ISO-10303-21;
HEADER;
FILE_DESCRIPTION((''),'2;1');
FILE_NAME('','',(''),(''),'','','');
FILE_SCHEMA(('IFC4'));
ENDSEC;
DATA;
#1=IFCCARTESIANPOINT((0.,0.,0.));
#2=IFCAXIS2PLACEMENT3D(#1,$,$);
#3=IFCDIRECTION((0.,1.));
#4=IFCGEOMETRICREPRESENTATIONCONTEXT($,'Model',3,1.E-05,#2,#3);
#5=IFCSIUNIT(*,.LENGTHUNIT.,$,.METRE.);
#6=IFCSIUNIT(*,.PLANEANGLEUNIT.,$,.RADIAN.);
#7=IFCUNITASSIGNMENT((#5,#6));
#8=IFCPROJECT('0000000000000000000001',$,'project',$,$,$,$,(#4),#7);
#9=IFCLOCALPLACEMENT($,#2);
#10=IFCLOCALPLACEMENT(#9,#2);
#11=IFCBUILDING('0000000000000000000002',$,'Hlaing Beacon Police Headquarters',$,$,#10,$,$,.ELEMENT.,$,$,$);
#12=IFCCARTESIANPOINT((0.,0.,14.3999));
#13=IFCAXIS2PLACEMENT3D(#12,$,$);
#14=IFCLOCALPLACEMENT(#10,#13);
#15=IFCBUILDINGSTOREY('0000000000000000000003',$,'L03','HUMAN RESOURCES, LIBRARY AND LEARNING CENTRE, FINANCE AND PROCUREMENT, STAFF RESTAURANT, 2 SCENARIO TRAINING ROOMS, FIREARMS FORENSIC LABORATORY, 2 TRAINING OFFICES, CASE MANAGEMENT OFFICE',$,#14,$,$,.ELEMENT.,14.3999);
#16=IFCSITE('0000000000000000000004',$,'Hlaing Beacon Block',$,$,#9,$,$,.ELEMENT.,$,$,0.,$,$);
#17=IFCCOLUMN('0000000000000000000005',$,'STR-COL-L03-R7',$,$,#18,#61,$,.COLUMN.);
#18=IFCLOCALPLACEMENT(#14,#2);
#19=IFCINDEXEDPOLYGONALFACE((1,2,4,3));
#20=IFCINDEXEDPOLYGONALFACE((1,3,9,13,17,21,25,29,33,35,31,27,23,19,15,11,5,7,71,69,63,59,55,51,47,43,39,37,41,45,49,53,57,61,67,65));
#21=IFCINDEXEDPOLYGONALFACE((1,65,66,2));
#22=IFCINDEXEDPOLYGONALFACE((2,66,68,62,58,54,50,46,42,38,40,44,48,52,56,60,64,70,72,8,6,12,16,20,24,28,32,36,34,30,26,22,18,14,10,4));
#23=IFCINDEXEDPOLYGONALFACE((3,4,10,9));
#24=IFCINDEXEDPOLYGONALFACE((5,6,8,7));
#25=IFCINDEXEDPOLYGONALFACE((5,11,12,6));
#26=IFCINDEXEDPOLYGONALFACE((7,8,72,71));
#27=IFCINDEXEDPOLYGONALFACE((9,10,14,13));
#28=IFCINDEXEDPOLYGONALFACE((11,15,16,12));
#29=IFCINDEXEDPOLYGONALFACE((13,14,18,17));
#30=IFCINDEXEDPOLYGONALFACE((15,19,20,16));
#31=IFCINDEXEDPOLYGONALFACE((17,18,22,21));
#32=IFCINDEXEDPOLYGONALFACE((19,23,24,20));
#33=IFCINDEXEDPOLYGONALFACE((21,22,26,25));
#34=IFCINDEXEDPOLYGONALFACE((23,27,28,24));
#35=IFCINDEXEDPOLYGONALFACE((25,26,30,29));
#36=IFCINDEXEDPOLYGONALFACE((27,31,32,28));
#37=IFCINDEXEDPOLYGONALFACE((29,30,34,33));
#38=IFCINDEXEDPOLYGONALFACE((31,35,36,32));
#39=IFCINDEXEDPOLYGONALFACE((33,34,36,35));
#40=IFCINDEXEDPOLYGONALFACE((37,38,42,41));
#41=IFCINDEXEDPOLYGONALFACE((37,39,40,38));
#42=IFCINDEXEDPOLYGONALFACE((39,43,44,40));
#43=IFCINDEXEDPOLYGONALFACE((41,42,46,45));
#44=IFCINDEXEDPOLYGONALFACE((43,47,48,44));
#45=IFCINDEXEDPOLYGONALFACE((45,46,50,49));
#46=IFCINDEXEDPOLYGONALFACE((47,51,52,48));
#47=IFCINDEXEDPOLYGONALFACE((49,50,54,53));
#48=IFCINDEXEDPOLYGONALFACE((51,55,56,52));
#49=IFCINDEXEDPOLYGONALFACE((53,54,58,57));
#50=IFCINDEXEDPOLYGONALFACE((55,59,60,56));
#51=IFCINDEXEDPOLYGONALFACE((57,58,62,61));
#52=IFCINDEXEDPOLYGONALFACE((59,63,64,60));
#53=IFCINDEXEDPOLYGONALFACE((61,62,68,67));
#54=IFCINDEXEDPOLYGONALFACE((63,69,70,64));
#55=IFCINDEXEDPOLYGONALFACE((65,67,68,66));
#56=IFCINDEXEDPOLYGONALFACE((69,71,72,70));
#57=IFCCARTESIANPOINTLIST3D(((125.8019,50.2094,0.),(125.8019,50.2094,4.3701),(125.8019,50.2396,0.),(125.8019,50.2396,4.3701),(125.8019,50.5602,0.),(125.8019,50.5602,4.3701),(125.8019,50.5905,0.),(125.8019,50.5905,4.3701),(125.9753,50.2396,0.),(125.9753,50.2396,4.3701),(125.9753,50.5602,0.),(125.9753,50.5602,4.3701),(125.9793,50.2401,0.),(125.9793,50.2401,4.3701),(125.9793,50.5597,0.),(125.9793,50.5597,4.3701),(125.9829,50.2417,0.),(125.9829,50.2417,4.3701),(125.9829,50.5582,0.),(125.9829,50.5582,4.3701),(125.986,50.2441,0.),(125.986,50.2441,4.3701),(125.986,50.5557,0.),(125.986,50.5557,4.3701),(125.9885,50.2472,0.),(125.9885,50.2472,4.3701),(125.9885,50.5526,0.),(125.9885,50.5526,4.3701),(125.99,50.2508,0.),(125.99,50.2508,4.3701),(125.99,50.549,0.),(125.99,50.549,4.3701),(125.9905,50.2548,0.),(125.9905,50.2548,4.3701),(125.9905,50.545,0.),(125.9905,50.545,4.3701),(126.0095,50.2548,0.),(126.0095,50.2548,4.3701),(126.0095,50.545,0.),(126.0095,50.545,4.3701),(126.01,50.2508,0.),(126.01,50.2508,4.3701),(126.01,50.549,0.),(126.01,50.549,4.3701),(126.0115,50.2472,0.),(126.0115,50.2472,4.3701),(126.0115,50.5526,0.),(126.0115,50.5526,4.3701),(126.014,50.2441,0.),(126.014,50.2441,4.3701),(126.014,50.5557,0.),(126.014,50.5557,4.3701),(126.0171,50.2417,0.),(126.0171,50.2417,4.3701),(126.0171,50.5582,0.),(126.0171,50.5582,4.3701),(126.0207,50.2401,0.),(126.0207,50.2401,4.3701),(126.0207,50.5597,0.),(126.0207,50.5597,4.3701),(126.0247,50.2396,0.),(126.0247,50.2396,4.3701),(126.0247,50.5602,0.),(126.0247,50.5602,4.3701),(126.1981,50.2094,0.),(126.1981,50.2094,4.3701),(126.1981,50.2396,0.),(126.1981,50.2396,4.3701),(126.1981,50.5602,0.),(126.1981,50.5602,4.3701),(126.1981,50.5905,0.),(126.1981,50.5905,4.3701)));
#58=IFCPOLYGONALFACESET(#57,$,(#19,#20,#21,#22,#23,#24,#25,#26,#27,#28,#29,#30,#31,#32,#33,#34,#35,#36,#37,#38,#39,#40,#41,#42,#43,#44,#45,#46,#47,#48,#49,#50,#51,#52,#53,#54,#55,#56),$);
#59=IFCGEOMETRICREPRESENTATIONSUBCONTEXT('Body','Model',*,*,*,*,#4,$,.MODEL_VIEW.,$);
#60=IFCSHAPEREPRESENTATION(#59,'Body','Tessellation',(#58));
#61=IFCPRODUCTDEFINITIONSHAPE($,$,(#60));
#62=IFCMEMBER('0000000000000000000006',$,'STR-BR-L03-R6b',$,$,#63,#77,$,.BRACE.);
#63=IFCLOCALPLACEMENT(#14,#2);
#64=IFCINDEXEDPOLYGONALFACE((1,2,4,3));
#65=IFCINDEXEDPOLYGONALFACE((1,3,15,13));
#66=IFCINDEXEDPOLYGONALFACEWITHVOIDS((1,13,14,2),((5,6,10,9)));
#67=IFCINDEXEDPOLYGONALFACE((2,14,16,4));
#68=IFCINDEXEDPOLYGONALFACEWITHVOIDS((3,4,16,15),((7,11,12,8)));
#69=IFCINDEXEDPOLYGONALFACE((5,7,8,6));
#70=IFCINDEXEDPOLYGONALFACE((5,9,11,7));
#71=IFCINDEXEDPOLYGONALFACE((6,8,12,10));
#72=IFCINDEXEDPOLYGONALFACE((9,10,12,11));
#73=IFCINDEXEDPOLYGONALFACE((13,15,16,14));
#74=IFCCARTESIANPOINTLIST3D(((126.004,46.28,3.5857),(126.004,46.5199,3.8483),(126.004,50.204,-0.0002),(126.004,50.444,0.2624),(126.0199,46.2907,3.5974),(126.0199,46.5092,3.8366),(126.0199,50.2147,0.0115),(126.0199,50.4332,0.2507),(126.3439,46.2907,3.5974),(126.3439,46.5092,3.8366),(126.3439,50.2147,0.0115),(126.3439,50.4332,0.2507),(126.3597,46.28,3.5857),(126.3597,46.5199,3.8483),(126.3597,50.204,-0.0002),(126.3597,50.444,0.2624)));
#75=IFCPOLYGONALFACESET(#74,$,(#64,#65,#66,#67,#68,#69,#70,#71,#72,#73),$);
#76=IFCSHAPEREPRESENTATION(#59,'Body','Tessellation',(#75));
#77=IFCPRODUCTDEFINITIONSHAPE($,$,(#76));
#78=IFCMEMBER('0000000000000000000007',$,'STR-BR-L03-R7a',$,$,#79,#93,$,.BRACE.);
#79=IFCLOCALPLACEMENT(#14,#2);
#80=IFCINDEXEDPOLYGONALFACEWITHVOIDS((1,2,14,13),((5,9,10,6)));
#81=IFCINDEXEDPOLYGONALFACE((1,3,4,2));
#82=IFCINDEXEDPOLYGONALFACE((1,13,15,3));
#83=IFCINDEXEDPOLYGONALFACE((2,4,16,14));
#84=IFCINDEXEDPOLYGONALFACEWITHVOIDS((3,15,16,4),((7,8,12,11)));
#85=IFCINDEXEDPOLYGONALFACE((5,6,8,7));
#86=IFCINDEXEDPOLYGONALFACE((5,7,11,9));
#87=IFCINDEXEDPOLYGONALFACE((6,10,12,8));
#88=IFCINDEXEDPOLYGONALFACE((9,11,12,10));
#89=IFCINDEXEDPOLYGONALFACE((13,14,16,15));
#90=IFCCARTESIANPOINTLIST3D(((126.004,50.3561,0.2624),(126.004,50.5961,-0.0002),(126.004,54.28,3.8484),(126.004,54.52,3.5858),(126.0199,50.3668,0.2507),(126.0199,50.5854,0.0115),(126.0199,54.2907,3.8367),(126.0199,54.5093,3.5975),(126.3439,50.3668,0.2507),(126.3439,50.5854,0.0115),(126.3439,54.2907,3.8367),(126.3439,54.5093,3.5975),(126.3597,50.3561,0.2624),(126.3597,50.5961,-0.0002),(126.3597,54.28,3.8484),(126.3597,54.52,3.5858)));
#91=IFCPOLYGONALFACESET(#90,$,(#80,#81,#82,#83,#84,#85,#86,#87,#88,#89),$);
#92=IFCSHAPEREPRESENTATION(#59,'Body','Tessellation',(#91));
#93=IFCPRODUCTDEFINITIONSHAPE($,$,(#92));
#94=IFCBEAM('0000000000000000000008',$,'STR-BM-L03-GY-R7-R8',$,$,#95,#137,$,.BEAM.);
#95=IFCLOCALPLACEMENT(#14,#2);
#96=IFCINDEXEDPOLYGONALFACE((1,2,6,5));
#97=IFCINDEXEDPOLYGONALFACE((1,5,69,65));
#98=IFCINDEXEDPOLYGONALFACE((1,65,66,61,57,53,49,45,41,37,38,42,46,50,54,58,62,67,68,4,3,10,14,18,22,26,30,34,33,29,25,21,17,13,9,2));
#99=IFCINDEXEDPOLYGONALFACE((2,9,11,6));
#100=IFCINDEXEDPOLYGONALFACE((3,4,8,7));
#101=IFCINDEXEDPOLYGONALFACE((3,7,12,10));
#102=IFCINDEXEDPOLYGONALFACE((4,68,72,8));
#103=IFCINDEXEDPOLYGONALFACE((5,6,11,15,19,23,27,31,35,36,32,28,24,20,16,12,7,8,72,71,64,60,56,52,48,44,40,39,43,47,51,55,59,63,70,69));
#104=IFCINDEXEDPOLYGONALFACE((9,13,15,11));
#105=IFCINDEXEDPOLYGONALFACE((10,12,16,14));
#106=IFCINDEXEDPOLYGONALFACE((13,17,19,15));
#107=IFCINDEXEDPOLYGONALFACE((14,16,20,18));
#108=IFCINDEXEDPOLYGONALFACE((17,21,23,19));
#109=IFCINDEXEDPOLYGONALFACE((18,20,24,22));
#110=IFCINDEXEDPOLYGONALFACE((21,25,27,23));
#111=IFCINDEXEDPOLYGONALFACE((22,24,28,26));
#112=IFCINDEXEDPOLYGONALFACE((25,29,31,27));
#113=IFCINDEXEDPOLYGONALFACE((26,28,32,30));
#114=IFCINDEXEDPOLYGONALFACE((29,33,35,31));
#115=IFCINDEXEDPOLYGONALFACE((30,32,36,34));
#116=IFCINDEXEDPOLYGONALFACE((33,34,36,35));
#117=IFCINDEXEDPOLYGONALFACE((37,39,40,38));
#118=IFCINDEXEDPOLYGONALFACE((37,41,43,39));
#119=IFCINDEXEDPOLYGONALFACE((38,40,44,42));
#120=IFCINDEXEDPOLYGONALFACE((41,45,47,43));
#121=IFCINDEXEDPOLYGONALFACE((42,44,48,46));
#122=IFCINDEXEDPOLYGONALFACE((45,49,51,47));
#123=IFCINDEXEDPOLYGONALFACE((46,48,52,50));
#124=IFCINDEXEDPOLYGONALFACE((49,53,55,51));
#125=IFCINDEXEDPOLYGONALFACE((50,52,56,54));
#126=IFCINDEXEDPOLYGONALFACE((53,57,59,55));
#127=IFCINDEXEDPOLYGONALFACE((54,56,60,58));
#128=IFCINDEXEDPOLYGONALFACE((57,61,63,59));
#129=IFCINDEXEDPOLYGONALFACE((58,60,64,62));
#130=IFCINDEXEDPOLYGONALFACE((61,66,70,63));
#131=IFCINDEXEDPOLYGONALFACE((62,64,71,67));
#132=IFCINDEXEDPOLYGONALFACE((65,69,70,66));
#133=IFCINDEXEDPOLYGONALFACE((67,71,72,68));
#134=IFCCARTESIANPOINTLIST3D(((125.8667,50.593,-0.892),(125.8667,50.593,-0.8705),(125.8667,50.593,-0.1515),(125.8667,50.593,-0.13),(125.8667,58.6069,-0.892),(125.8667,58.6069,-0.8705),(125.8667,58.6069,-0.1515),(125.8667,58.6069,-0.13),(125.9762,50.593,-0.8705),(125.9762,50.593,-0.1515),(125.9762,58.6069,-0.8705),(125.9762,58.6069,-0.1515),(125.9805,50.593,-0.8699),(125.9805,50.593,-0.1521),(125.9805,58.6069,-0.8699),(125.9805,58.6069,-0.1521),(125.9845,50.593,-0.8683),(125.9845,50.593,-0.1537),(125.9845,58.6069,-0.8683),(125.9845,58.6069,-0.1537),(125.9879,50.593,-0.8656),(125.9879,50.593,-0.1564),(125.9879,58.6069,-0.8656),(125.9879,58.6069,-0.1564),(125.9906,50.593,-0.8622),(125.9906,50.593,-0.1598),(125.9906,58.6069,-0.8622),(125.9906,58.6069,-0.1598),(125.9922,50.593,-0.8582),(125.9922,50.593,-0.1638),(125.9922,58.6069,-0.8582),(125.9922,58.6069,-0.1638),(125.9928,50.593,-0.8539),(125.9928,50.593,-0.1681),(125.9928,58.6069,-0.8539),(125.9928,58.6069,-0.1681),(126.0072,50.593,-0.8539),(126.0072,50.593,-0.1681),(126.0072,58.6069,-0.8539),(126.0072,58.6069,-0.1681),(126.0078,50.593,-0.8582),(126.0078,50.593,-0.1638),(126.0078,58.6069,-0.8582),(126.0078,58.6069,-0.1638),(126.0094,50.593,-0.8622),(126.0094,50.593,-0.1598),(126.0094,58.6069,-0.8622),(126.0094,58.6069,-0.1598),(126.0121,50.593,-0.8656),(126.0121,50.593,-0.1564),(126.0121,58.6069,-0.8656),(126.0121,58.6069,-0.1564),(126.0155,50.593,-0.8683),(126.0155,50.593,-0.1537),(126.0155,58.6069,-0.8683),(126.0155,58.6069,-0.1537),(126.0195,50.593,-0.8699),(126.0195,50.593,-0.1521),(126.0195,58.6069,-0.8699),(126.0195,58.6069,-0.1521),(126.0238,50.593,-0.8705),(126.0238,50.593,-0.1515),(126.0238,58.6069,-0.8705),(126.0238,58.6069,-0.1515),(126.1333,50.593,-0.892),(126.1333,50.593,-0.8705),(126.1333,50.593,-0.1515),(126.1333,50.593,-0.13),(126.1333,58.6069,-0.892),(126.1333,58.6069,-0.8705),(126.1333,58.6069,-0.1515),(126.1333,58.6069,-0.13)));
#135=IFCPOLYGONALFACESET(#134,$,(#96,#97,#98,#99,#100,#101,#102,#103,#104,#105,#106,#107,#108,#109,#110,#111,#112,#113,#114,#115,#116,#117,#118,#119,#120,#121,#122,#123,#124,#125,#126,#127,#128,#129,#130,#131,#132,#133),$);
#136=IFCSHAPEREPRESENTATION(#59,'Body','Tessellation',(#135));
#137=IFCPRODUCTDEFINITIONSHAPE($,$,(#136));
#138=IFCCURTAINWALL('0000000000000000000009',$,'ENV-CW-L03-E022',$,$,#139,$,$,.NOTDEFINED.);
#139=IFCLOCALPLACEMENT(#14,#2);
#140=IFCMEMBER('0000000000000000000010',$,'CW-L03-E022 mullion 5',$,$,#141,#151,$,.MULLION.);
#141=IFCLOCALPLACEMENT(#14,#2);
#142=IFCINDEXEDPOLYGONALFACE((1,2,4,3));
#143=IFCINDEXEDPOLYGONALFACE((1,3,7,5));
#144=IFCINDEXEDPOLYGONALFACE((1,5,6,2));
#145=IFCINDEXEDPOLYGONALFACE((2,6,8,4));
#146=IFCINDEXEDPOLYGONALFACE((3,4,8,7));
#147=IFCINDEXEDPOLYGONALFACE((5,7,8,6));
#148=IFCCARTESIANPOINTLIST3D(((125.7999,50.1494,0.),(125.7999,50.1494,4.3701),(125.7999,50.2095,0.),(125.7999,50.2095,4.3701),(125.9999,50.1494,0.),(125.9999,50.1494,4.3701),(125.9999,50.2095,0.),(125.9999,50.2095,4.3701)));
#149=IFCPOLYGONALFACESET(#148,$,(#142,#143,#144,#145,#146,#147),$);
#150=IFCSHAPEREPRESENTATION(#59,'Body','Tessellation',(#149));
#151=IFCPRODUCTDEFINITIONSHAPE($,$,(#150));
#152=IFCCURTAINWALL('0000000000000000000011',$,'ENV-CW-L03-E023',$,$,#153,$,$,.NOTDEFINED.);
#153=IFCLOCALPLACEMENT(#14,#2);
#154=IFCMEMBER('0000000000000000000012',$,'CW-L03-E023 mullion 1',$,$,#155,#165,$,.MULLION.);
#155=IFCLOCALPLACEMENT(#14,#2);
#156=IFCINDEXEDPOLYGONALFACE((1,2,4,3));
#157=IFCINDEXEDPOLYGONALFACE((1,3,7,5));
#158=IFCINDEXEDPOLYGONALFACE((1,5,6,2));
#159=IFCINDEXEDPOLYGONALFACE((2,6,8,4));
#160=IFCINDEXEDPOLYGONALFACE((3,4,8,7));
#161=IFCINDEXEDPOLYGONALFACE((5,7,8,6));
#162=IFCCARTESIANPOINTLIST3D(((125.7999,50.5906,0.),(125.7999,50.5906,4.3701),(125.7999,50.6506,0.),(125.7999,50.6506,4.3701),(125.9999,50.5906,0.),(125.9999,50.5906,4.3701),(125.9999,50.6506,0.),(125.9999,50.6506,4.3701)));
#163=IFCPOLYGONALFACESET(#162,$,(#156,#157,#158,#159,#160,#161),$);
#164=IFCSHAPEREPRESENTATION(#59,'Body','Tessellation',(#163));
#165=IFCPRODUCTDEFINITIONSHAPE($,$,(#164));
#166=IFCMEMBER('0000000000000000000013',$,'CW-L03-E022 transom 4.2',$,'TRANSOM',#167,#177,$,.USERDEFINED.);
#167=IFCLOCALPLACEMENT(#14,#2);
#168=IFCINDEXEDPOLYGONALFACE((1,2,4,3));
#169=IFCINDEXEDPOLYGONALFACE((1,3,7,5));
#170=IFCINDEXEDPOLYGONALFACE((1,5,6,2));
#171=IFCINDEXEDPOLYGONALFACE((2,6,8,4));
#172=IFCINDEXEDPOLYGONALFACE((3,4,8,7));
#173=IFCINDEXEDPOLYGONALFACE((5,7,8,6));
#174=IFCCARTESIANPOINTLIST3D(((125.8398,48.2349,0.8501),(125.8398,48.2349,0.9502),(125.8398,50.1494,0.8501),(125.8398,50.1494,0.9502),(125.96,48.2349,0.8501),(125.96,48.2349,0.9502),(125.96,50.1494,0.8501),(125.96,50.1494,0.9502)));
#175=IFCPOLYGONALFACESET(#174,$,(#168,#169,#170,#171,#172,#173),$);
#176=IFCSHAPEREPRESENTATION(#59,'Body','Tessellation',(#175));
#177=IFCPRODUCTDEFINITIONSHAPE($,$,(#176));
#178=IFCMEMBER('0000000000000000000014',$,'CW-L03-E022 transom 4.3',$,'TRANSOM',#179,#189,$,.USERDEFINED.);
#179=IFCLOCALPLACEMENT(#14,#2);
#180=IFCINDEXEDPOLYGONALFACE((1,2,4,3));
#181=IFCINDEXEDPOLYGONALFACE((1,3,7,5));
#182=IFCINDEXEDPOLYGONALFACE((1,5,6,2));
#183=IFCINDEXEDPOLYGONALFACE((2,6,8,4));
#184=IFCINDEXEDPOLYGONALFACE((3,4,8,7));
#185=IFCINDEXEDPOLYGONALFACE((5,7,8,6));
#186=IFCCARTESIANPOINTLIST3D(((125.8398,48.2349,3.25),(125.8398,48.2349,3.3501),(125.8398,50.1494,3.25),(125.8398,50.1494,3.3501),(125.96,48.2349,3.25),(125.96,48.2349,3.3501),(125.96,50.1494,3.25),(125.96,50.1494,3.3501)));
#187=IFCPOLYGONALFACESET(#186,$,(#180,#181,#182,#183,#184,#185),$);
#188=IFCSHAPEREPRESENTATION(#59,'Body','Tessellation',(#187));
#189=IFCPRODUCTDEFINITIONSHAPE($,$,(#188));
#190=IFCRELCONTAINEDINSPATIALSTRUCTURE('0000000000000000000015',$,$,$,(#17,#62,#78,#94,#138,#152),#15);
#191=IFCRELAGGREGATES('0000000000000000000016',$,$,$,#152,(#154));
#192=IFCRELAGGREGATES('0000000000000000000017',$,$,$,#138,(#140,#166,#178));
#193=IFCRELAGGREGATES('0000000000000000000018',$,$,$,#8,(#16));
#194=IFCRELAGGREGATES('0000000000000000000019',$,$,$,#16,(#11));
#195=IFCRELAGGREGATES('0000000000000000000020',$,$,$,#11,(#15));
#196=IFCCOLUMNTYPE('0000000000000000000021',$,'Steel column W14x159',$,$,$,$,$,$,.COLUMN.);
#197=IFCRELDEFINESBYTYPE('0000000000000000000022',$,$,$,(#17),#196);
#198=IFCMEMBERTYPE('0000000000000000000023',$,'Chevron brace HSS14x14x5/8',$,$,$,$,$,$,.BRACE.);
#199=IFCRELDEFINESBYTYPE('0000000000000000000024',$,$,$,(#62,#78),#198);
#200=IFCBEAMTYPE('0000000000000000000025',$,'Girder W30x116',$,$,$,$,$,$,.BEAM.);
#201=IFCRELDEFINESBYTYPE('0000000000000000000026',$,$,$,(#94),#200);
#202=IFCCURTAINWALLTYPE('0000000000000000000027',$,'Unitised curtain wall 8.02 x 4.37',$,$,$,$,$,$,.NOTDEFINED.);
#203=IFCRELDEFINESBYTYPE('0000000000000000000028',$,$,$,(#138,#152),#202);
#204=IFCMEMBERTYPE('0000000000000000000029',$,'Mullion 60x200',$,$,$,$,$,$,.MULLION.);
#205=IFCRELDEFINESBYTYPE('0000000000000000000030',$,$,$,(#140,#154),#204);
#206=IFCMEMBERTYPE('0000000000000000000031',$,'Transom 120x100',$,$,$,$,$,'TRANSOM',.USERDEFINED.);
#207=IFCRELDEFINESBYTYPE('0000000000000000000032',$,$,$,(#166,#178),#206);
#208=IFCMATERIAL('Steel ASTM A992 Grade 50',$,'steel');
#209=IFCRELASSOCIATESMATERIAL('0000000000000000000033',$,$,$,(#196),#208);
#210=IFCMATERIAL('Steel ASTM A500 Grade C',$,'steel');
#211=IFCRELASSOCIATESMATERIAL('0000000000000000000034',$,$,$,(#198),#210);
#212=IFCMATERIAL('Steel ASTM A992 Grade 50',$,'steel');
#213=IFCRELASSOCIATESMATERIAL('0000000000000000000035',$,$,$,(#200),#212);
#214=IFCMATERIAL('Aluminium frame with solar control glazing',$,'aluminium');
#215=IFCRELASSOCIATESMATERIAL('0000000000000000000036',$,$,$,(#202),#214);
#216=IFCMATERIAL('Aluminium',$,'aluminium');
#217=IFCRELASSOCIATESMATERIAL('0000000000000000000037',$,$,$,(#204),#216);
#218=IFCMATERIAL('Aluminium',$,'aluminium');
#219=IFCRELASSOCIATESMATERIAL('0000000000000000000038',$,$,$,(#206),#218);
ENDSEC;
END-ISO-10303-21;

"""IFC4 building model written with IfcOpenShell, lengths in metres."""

from ifc_helpers import new_model, si_unit, direction, frame, origin, origin_2d, place, context, subcontext, project, spatial, rectangle, hollow_rectangle, i_section, extrude, material, material_profile, profile_set, type_object, element, aggregate, save


model = new_model("IFC4")

# Units and contexts
model_context = context("Model", 3, precision=1e-05, world=origin(), true_north=direction((0.0, 1.0)))
body_context = subcontext(model_context, "Body", "Model", "MODEL_VIEW")
ifc_project = project(units=[si_unit("LENGTHUNIT", "METRE"), si_unit("PLANEANGLEUNIT", "RADIAN")], contexts=[model_context])

# Site, building, storey
site_placement = place(None, origin())
site = spatial("IfcSite", under=ifc_project, at=site_placement, Name="Hlaing Beacon Block", CompositionType="ELEMENT", RefElevation=0.0)
building_placement = place(site_placement, origin())
building = spatial("IfcBuilding", under=site, at=building_placement, Name="Hlaing Beacon Police Headquarters", CompositionType="ELEMENT")
storey_placement = place(building_placement, frame((0.0, 0.0, 14.3999)))
storey = spatial("IfcBuildingStorey", under=building, at=storey_placement, Name="L03", Description="HUMAN RESOURCES, LIBRARY AND LEARNING CENTRE, FINANCE AND PROCUREMENT, STAFF RESTAURANT, 2 SCENARIO TRAINING ROOMS, FIREARMS FORENSIC LABORATORY, 2 TRAINING OFFICES, CASE MANAGEMENT OFFICE", CompositionType="ELEMENT", Elevation=14.3999)

# Column
ifc_material_1 = material(Name="Steel ASTM A992 Grade 50", Category="steel")
ifc_material_profile_1 = material_profile(ifc_material_1, i_section(OverallWidth=0.3962, OverallDepth=0.3811, WebThickness=0.019, FlangeThickness=0.0303, FilletRadius=0.0151, at=origin_2d()), Name="W14x159")
ifc_profile_set_1 = profile_set([ifc_material_profile_1], Name="Steel ASTM A992 Grade 50")
column_type = type_object("IfcColumnType", Name="Steel column W14x159", PredefinedType="COLUMN", material=ifc_profile_set_1)
column_placement = place(storey_placement, frame((126.0, 50.3999, 0.0), z_axis=(0.0, 0.0, 1.0), x_axis=(1.0, 0.0, 0.0)))
element("IfcColumn", 1, at=column_placement, inside=storey, type_object=column_type, Name="STR-COL-L03-R7", PredefinedType="COLUMN", context=body_context, shape_type="SweptSolid", body=[
    extrude(i_section(OverallWidth=0.3962, OverallDepth=0.3811, WebThickness=0.019, FlangeThickness=0.0303, FilletRadius=0.0151, at=origin_2d()), origin(), (0.0, 0.0, 1.0), 4.3701),
])

# Members
ifc_material_2 = material(Name="Steel ASTM A500 Grade C", Category="steel")
ifc_material_profile_2 = material_profile(ifc_material_2, hollow_rectangle(XDim=0.3557, YDim=0.3557, WallThickness=0.0159, at=origin_2d()), Name="HSS14x14x5/8")
ifc_profile_set_2 = profile_set([ifc_material_profile_2], Name="Steel ASTM A500 Grade C")
member_type_1 = type_object("IfcMemberType", Name="Chevron brace HSS14x14x5/8", PredefinedType="BRACE", material=ifc_profile_set_2)
for number, where, z_axis, x_axis, name in (
    (2, (126.1819, 50.324, 0.1311), (0.0, -0.738196, 0.674586), (1.0, 0.0, 0.0), "STR-BR-L03-R6b"),
    (3, (126.1819, 50.4761, 0.1311), (0.0, 0.738175, 0.674609), (-1.0, 0.0, 0.0), "STR-BR-L03-R7a"),
):
    element("IfcMember", number, at=place(storey_placement, frame(where, z_axis=z_axis, x_axis=x_axis)), inside=storey, type_object=member_type_1, Name=name, PredefinedType="BRACE", context=body_context, shape_type="SweptSolid", body=[
        extrude(hollow_rectangle(XDim=0.3557, YDim=0.3557, WallThickness=0.0159, at=origin_2d()), origin(), (0.0, 0.0, 1.0), 5.3157),
    ])

# Beam
ifc_material_3 = material(Name="Steel ASTM A992 Grade 50", Category="steel")
ifc_material_profile_3 = material_profile(ifc_material_3, i_section(OverallWidth=0.2666, OverallDepth=0.762, WebThickness=0.0144, FlangeThickness=0.0215, FilletRadius=0.0166, at=origin_2d()), Name="W30x116")
ifc_profile_set_3 = profile_set([ifc_material_profile_3], Name="Steel ASTM A992 Grade 50")
beam_type = type_object("IfcBeamType", Name="Girder W30x116", PredefinedType="BEAM", material=ifc_profile_set_3)
beam_placement = place(storey_placement, frame((126.0, 50.593, -0.511), z_axis=(0.0, 1.0, 0.0), x_axis=(-1.0, 0.0, 0.0)))
element("IfcBeam", 4, at=beam_placement, inside=storey, type_object=beam_type, Name="STR-BM-L03-GY-R7-R8", PredefinedType="BEAM", context=body_context, shape_type="SweptSolid", body=[
    extrude(i_section(OverallWidth=0.2666, OverallDepth=0.762, WebThickness=0.0144, FlangeThickness=0.0215, FilletRadius=0.0166, at=origin_2d()), origin(), (0.0, 0.0, 1.0), 8.0139),
])

# Curtain walls, members
ifc_material_4 = material(Name="Aluminium frame with solar control glazing", Category="aluminium")
curtain_wall_type = type_object("IfcCurtainWallType", Name="Unitised curtain wall 8.02 x 4.37", PredefinedType="NOTDEFINED", material=ifc_material_4)
curtain_wall_1_placement = place(storey_placement, origin())
curtain_wall_1 = element("IfcCurtainWall", 5, at=curtain_wall_1_placement, inside=storey, type_object=curtain_wall_type, Name="ENV-CW-L03-E022", PredefinedType="NOTDEFINED")
ifc_material_5 = material(Name="Aluminium", Category="aluminium")
ifc_material_profile_4 = material_profile(ifc_material_5, rectangle(XDim=0.2, YDim=0.0601, at=origin_2d()), Name="Mullion 60x200")
ifc_profile_set_4 = profile_set([ifc_material_profile_4], Name="Aluminium")
member_type_2 = type_object("IfcMemberType", Name="Mullion 60x200", PredefinedType="MULLION", material=ifc_profile_set_4)
member_1_placement = place(storey_placement, frame((125.8999, 50.1794, 0.0), z_axis=(0.0, 0.0, 1.0), x_axis=(-1.0, 0.0, 0.0)))
member_1 = element("IfcMember", 6, at=member_1_placement, type_object=member_type_2, Name="CW-L03-E022 mullion 5", PredefinedType="MULLION", context=body_context, shape_type="SweptSolid", body=[
    extrude(rectangle(XDim=0.2, YDim=0.0601, at=origin_2d()), origin(), (0.0, 0.0, 1.0), 4.3701),
])
curtain_wall_2_placement = place(storey_placement, origin())
curtain_wall_2 = element("IfcCurtainWall", 7, at=curtain_wall_2_placement, inside=storey, type_object=curtain_wall_type, Name="ENV-CW-L03-E023", PredefinedType="NOTDEFINED")
member_2_placement = place(storey_placement, frame((125.8999, 50.6206, 0.0), z_axis=(0.0, 0.0, 1.0), x_axis=(-1.0, 0.0, 0.0)))
member_2 = element("IfcMember", 8, at=member_2_placement, type_object=member_type_2, Name="CW-L03-E023 mullion 1", PredefinedType="MULLION", context=body_context, shape_type="SweptSolid", body=[
    extrude(rectangle(XDim=0.2, YDim=0.0601, at=origin_2d()), origin(), (0.0, 0.0, 1.0), 4.3701),
])

# Members
ifc_material_6 = material(Name="Aluminium", Category="aluminium")
ifc_material_profile_5 = material_profile(ifc_material_6, rectangle(XDim=0.1201, YDim=0.1001, at=origin_2d()), Name="Transom 120x100")
ifc_profile_set_5 = profile_set([ifc_material_profile_5], Name="Aluminium")
member_type_3 = type_object("IfcMemberType", Name="Transom 120x100", ElementType="TRANSOM", PredefinedType="USERDEFINED", material=ifc_profile_set_5)
member_3_placement = place(storey_placement, frame((125.8999, 48.2349, 0.9001), z_axis=(0.0, 1.0, 0.0), x_axis=(-1.0, 0.0, 0.0)))
member_3 = element("IfcMember", 9, at=member_3_placement, type_object=member_type_3, Name="CW-L03-E022 transom 4.2", ObjectType="TRANSOM", PredefinedType="USERDEFINED", context=body_context, shape_type="SweptSolid", body=[
    extrude(rectangle(XDim=0.1201, YDim=0.1001, at=origin_2d()), origin(), (0.0, 0.0, 1.0), 1.9146),
])
member_4_placement = place(storey_placement, frame((125.8999, 48.2349, 3.3), z_axis=(0.0, 1.0, 0.0), x_axis=(-1.0, 0.0, 0.0)))
member_4 = element("IfcMember", 10, at=member_4_placement, type_object=member_type_3, Name="CW-L03-E022 transom 4.3", ObjectType="TRANSOM", PredefinedType="USERDEFINED", context=body_context, shape_type="SweptSolid", body=[
    extrude(rectangle(XDim=0.1201, YDim=0.1001, at=origin_2d()), origin(), (0.0, 0.0, 1.0), 1.9146),
])
aggregate(curtain_wall_2, [member_2])

aggregate(curtain_wall_1, [member_1, member_3, member_4])

save(model, "model.ifc")
